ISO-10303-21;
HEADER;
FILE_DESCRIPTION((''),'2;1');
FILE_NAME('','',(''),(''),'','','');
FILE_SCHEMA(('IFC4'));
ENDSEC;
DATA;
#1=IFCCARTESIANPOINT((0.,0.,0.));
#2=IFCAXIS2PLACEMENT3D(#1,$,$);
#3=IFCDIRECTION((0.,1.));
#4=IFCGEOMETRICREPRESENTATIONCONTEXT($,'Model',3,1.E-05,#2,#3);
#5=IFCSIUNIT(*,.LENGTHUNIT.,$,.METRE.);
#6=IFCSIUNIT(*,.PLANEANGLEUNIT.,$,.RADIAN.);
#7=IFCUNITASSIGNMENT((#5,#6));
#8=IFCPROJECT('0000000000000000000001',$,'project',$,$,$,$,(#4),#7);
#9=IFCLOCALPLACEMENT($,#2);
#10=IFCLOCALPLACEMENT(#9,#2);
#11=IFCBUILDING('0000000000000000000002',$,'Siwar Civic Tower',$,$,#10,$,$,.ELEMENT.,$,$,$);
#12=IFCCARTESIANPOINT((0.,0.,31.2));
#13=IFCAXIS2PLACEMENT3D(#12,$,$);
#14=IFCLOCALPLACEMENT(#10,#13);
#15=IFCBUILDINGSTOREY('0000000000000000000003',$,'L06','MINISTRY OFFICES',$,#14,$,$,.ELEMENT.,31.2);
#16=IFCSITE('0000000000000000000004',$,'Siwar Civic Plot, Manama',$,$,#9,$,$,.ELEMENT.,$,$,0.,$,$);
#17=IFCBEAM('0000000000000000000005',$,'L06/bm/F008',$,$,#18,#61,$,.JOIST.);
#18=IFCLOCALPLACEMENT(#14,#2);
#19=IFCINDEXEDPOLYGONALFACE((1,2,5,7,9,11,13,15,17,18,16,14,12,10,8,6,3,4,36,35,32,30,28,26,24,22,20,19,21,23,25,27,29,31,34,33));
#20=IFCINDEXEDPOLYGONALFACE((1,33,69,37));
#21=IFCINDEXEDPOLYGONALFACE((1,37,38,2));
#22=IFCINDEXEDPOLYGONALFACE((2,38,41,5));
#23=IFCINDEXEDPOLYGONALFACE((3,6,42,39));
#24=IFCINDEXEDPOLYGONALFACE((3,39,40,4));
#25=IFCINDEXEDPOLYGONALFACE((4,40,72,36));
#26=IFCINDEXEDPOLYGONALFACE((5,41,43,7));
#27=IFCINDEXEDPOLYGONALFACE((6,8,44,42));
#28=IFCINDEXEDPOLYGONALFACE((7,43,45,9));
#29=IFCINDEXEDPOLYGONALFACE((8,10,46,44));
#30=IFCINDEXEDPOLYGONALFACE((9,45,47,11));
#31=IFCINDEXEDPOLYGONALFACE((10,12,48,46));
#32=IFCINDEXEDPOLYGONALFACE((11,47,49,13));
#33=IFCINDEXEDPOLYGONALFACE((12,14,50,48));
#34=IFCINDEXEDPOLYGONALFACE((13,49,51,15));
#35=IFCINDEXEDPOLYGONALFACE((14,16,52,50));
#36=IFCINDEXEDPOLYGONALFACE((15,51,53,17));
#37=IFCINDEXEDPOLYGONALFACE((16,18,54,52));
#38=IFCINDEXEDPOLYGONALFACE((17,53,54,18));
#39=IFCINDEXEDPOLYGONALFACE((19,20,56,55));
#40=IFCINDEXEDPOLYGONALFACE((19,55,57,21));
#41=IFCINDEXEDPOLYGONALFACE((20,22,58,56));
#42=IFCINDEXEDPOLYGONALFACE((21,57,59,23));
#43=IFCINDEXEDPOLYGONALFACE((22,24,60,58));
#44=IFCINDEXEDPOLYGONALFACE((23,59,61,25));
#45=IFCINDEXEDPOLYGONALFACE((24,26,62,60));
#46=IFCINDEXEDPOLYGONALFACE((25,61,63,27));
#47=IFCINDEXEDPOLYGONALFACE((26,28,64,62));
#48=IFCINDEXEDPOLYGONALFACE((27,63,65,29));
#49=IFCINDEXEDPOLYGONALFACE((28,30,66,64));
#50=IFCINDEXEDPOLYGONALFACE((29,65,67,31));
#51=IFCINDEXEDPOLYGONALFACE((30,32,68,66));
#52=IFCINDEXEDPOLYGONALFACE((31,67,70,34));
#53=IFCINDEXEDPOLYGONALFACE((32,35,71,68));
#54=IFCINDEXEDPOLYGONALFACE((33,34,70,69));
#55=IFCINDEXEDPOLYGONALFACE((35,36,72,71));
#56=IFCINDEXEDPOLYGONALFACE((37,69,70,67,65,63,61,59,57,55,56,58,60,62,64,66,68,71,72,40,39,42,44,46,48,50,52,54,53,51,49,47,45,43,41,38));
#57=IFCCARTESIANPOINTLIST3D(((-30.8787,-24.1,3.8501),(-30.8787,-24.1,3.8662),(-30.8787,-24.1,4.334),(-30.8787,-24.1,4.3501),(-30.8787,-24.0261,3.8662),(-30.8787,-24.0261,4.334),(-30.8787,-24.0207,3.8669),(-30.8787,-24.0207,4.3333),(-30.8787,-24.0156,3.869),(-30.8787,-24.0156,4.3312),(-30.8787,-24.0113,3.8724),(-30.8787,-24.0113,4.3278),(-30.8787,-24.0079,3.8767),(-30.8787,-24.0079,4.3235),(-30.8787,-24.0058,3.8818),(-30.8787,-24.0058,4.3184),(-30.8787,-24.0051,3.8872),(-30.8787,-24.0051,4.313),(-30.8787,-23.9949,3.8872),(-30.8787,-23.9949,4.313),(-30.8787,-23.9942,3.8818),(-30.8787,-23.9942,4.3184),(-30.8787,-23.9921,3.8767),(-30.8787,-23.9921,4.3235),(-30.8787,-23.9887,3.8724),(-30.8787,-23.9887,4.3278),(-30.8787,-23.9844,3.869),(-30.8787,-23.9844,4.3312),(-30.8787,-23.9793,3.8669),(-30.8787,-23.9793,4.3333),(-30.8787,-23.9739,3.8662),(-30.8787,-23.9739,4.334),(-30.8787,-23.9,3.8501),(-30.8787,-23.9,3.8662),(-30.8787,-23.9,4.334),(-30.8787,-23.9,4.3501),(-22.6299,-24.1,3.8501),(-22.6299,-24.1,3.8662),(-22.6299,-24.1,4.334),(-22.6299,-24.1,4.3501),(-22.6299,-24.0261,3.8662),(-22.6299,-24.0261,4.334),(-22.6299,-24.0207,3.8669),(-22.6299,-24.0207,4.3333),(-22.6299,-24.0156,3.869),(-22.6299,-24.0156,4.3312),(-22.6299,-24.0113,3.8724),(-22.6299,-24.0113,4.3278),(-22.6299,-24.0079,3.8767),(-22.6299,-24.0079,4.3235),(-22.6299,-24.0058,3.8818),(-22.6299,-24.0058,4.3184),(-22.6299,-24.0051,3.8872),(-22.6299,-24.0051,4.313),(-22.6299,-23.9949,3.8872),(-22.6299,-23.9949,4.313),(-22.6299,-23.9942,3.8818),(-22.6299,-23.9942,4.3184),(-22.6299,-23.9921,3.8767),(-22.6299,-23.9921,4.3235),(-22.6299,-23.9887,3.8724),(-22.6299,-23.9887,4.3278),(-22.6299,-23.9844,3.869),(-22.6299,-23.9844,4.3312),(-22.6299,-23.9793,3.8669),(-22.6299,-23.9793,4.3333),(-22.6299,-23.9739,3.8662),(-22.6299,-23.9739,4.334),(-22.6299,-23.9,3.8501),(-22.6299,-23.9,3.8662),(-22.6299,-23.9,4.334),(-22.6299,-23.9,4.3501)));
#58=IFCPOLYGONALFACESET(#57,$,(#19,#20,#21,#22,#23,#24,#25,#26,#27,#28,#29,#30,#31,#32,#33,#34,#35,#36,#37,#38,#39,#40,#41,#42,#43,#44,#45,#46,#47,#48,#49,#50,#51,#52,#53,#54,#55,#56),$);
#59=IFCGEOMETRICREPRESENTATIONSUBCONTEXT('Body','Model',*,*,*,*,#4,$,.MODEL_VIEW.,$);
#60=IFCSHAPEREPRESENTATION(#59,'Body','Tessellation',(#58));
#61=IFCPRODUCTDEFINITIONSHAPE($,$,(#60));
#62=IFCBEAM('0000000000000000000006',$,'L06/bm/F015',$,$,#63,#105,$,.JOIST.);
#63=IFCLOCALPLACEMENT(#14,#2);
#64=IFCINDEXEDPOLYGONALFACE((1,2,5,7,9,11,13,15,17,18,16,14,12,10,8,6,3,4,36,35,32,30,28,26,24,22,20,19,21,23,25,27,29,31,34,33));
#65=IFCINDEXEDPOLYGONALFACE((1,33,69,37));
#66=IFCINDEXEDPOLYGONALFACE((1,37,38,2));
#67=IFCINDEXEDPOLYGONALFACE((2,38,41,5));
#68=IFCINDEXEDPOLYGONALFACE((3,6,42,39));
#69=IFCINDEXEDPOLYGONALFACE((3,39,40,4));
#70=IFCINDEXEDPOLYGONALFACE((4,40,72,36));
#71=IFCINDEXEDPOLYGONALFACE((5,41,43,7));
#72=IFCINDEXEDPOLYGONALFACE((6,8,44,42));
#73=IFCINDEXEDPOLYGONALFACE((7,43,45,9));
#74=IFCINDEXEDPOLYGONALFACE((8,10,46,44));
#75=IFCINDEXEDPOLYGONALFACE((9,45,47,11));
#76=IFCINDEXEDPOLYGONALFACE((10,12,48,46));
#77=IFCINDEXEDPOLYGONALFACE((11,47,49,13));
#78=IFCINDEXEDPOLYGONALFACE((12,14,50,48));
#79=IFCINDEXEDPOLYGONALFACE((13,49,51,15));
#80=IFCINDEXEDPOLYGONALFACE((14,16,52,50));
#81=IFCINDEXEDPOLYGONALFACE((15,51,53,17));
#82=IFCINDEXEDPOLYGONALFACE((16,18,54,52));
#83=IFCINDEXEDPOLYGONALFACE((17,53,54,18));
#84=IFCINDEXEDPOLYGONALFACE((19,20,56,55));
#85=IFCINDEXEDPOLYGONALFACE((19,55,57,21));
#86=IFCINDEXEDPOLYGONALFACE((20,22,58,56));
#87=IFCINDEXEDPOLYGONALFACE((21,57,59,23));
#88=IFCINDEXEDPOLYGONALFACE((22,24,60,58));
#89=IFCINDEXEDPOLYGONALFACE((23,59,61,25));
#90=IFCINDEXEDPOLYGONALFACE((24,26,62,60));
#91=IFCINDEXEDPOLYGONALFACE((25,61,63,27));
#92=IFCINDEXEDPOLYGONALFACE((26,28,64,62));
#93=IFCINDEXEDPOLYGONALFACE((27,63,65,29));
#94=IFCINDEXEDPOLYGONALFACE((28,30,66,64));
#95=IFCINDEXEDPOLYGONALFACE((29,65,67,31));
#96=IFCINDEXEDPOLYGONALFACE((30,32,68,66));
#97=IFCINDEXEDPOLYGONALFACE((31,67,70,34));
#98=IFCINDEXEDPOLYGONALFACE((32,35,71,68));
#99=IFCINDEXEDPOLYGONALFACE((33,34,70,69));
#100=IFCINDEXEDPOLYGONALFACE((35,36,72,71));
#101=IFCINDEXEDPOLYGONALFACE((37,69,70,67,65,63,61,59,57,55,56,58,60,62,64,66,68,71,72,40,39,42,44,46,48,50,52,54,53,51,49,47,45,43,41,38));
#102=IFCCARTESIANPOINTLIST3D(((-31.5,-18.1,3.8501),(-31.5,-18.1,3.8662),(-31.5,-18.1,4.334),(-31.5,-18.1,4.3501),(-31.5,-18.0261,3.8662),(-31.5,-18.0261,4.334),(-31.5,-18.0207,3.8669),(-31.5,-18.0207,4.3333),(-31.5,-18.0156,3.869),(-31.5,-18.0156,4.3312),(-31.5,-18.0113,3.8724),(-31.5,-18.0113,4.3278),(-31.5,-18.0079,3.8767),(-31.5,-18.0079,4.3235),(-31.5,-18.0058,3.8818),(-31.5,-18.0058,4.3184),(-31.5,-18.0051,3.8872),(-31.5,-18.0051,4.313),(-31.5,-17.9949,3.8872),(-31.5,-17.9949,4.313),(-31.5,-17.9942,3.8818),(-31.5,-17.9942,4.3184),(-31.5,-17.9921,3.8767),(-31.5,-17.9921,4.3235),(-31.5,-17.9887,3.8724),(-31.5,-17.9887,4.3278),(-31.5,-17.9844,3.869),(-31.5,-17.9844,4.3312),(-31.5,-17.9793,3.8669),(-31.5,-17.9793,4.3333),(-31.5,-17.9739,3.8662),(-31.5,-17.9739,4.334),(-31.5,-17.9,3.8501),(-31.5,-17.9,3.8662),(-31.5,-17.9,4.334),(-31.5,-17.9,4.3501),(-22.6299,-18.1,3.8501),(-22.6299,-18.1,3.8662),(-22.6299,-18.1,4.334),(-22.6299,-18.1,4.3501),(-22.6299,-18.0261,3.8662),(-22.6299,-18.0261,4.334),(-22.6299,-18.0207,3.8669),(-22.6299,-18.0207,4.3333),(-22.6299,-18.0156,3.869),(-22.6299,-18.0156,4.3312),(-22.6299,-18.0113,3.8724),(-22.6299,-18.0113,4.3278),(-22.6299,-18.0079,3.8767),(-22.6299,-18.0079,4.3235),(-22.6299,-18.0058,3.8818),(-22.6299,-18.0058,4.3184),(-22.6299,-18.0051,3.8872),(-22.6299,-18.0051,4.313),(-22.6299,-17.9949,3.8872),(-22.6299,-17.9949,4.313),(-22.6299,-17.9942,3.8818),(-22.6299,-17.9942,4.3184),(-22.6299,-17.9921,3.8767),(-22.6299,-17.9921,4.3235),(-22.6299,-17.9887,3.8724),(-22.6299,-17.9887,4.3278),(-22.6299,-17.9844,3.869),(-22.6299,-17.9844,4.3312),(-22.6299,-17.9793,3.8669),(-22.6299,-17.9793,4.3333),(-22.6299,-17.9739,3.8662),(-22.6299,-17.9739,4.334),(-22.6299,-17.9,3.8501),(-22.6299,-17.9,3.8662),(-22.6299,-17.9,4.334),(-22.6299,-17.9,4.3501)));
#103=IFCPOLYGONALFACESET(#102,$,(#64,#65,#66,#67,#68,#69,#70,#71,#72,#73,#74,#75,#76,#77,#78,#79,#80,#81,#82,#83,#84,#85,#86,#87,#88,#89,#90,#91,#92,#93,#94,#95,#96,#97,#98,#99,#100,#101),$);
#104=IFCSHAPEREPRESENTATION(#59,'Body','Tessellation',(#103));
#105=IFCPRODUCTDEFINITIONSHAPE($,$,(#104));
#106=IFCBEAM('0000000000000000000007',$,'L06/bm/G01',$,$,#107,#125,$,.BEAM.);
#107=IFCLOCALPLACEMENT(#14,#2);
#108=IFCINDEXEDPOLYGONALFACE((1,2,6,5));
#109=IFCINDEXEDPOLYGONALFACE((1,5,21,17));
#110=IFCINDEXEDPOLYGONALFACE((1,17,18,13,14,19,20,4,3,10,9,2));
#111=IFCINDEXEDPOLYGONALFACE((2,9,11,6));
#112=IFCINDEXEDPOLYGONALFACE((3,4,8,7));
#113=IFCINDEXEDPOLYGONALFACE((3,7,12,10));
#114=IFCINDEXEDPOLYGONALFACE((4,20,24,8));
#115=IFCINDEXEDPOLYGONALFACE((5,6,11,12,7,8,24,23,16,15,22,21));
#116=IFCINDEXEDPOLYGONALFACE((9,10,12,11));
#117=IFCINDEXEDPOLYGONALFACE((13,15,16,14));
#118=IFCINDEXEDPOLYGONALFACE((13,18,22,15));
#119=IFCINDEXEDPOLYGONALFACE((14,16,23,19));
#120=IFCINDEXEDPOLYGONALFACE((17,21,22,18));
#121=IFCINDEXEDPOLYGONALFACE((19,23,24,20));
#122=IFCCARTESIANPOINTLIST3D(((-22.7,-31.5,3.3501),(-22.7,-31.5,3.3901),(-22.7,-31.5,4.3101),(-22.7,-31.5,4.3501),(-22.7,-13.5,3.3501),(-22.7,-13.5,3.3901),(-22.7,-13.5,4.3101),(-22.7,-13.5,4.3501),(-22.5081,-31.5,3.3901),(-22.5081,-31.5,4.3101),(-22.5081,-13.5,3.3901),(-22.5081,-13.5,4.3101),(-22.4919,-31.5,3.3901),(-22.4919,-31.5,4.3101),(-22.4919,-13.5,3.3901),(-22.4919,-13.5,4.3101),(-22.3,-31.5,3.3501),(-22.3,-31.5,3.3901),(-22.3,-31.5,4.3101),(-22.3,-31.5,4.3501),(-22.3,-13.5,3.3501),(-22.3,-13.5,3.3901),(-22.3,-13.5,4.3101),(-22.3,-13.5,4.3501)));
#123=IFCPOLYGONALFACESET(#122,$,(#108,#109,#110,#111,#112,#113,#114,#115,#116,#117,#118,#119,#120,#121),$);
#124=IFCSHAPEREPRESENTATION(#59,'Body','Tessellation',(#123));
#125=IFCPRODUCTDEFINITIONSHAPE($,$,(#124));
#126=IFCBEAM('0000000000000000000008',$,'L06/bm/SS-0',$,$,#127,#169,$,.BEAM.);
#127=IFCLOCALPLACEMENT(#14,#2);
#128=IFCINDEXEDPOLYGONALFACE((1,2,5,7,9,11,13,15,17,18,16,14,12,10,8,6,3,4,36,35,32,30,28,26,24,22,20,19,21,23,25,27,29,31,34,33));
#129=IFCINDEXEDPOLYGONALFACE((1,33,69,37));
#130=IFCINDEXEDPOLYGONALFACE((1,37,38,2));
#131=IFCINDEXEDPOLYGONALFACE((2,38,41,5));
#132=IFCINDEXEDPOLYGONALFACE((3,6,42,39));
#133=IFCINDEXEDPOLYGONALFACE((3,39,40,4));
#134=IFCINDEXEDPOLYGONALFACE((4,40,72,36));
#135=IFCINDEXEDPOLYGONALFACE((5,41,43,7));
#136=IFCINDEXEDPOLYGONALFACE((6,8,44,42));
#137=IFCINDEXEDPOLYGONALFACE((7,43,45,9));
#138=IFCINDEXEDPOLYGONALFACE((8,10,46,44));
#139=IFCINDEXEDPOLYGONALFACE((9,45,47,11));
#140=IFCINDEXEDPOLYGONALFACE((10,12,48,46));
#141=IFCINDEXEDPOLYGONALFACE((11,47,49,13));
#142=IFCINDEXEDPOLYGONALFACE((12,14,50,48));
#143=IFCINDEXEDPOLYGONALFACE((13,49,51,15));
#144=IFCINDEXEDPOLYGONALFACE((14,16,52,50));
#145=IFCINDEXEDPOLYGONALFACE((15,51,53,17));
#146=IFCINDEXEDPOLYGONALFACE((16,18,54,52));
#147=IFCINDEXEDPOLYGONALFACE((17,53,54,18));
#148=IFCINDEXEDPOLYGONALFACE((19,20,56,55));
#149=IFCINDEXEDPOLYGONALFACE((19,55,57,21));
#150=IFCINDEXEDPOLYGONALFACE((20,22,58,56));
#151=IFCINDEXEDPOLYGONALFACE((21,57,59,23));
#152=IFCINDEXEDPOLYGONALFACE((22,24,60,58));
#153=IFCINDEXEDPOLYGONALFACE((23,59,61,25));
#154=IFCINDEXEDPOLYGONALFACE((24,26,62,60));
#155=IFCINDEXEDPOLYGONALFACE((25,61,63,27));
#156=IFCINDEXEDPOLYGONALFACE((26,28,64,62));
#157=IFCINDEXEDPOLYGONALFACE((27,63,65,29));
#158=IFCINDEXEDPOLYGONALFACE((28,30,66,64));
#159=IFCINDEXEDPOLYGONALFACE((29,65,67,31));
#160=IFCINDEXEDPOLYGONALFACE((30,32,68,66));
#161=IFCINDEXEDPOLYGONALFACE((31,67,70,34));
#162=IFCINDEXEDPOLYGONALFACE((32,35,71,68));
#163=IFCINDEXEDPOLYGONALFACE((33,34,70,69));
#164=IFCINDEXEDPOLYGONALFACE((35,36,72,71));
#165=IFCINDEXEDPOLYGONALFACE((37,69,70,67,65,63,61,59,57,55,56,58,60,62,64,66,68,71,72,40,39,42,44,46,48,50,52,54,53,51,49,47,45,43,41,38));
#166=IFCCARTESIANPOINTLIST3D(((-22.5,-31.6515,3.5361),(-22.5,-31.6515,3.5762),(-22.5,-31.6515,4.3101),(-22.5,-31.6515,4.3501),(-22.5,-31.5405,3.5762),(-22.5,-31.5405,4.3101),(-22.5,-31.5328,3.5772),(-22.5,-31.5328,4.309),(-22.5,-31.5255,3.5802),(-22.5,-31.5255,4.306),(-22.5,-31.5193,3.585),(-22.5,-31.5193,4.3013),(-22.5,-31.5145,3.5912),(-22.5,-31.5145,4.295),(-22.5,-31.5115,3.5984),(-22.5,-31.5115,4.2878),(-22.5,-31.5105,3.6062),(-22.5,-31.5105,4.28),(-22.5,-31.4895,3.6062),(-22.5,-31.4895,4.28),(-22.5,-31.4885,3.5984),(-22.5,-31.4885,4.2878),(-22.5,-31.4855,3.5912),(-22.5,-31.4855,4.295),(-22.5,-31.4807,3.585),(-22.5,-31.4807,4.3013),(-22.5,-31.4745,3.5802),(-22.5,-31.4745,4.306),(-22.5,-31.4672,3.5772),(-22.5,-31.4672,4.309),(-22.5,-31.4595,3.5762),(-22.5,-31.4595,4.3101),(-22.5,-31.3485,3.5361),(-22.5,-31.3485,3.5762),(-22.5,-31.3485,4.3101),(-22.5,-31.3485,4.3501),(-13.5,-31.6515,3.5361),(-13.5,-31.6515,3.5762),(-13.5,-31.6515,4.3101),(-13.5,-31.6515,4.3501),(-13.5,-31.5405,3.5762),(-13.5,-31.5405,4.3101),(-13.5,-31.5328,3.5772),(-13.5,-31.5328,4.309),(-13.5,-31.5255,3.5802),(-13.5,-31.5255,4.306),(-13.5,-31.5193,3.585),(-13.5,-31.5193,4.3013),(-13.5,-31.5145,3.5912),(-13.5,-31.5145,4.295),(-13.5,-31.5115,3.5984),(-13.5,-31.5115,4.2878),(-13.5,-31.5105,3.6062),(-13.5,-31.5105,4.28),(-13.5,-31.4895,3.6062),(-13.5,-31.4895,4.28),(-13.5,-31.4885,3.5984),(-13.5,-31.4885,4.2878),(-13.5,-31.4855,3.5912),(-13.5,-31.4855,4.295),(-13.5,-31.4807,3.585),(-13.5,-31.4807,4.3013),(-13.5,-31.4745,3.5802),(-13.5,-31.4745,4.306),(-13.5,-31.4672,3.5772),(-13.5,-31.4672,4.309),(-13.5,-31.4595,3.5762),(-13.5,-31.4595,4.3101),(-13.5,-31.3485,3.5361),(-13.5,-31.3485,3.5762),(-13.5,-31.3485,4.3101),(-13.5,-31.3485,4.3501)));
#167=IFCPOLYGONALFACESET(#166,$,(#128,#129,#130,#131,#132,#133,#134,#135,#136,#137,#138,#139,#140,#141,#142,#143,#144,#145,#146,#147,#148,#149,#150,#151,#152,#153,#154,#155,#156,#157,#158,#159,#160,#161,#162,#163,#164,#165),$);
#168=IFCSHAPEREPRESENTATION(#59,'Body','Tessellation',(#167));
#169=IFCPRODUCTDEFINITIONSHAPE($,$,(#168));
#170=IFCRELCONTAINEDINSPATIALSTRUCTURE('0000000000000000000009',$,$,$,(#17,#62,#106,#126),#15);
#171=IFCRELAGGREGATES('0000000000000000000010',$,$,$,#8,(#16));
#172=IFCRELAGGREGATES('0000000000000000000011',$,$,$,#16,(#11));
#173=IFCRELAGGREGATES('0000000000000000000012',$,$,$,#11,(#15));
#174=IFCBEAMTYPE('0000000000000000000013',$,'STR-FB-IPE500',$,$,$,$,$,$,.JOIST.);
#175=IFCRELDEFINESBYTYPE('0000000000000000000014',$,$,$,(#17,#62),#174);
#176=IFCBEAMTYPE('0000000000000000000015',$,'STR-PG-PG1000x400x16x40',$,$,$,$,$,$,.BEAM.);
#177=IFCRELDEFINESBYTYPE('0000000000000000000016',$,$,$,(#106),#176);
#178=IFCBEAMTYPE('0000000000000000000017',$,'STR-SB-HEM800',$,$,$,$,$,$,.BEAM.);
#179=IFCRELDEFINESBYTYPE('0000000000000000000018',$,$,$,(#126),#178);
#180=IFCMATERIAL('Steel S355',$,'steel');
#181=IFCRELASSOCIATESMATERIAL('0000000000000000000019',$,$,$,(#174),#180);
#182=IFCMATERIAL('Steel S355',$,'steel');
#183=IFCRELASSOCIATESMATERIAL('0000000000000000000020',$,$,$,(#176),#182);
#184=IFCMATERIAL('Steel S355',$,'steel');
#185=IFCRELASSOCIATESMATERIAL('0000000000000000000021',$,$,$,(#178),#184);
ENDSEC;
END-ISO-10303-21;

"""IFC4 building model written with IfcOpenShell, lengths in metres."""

from ifc_helpers import new_model, si_unit, direction, frame, origin, origin_2d, place, context, subcontext, project, spatial, i_section, extrude, material, material_profile, profile_set, type_object, element, save


model = new_model("IFC4")

# Units and contexts
model_context = context("Model", 3, precision=1e-05, world=origin(), true_north=direction((0.0, 1.0)))
body_context = subcontext(model_context, "Body", "Model", "MODEL_VIEW")
ifc_project = project(units=[si_unit("LENGTHUNIT", "METRE"), si_unit("PLANEANGLEUNIT", "RADIAN")], contexts=[model_context])

# Site, building, storey
site_placement = place(None, origin())
site = spatial("IfcSite", under=ifc_project, at=site_placement, Name="Siwar Civic Plot, Manama", CompositionType="ELEMENT", RefElevation=0.0)
building_placement = place(site_placement, origin())
building = spatial("IfcBuilding", under=site, at=building_placement, Name="Siwar Civic Tower", CompositionType="ELEMENT")
storey_placement = place(building_placement, frame((0.0, 0.0, 31.2)))
storey = spatial("IfcBuildingStorey", under=building, at=storey_placement, Name="L06", Description="MINISTRY OFFICES", CompositionType="ELEMENT", Elevation=31.2)

# Beams
ifc_material_1 = material(Name="Steel S355", Category="steel")
ifc_material_profile_1 = material_profile(ifc_material_1, i_section(OverallWidth=0.2, OverallDepth=0.5, WebThickness=0.0103, FlangeThickness=0.0161, FilletRadius=0.021, at=origin_2d()), Name="IPE500")
ifc_profile_set_1 = profile_set([ifc_material_profile_1], Name="Steel S355")
beam_type_1 = type_object("IfcBeamType", Name="STR-FB-IPE500", PredefinedType="JOIST", material=ifc_profile_set_1)
beam_1_placement = place(storey_placement, frame((-30.8787, -24.0, 4.1001), z_axis=(1.0, 0.0, 0.0), x_axis=(0.0, 1.0, 0.0)))
element("IfcBeam", 1, at=beam_1_placement, inside=storey, type_object=beam_type_1, Name="L06/bm/F008", PredefinedType="JOIST", context=body_context, shape_type="SweptSolid", body=[
    extrude(i_section(OverallWidth=0.2, OverallDepth=0.5, WebThickness=0.0103, FlangeThickness=0.0161, FilletRadius=0.021, at=origin_2d()), origin(), (0.0, 0.0, 1.0), 8.2488),
])
beam_2_placement = place(storey_placement, frame((-31.5, -18.0, 4.1001), z_axis=(1.0, 0.0, 0.0), x_axis=(0.0, 1.0, 0.0)))
element("IfcBeam", 2, at=beam_2_placement, inside=storey, type_object=beam_type_1, Name="L06/bm/F015", PredefinedType="JOIST", context=body_context, shape_type="SweptSolid", body=[
    extrude(i_section(OverallWidth=0.2, OverallDepth=0.5, WebThickness=0.0103, FlangeThickness=0.0161, FilletRadius=0.021, at=origin_2d()), origin(), (0.0, 0.0, 1.0), 8.8701),
])
ifc_material_2 = material(Name="Steel S355", Category="steel")
ifc_material_profile_2 = material_profile(ifc_material_2, i_section(OverallWidth=0.3999, OverallDepth=1.0, WebThickness=0.0161, FlangeThickness=0.04, at=origin_2d()), Name="PG1000x400x16x40")
ifc_profile_set_2 = profile_set([ifc_material_profile_2], Name="Steel S355")
beam_type_2 = type_object("IfcBeamType", Name="STR-PG-PG1000x400x16x40", PredefinedType="BEAM", material=ifc_profile_set_2)
beam_3_placement = place(storey_placement, frame((-22.5, -31.5, 3.8501), z_axis=(0.0, 1.0, 0.0), x_axis=(-1.0, 0.0, 0.0)))
element("IfcBeam", 3, at=beam_3_placement, inside=storey, type_object=beam_type_2, Name="L06/bm/G01", PredefinedType="BEAM", context=body_context, shape_type="SweptSolid", body=[
    extrude(i_section(OverallWidth=0.3999, OverallDepth=1.0, WebThickness=0.0161, FlangeThickness=0.04, at=origin_2d()), origin(), (0.0, 0.0, 1.0), 18.0),
])
ifc_material_3 = material(Name="Steel S355", Category="steel")
ifc_material_profile_3 = material_profile(ifc_material_3, i_section(OverallWidth=0.303, OverallDepth=0.814, WebThickness=0.021, FlangeThickness=0.04, FilletRadius=0.03, at=origin_2d()), Name="HEM800")
ifc_profile_set_3 = profile_set([ifc_material_profile_3], Name="Steel S355")
beam_type_3 = type_object("IfcBeamType", Name="STR-SB-HEM800", PredefinedType="BEAM", material=ifc_profile_set_3)
beam_4_placement = place(storey_placement, frame((-22.5, -31.5, 3.9431), z_axis=(1.0, 0.0, 0.0), x_axis=(0.0, 1.0, 0.0)))
element("IfcBeam", 4, at=beam_4_placement, inside=storey, type_object=beam_type_3, Name="L06/bm/SS-0", PredefinedType="BEAM", context=body_context, shape_type="SweptSolid", body=[
    extrude(i_section(OverallWidth=0.303, OverallDepth=0.814, WebThickness=0.021, FlangeThickness=0.04, FilletRadius=0.03, at=origin_2d()), origin(), (0.0, 0.0, 1.0), 9.0),
])

save(model, "model.ifc")
